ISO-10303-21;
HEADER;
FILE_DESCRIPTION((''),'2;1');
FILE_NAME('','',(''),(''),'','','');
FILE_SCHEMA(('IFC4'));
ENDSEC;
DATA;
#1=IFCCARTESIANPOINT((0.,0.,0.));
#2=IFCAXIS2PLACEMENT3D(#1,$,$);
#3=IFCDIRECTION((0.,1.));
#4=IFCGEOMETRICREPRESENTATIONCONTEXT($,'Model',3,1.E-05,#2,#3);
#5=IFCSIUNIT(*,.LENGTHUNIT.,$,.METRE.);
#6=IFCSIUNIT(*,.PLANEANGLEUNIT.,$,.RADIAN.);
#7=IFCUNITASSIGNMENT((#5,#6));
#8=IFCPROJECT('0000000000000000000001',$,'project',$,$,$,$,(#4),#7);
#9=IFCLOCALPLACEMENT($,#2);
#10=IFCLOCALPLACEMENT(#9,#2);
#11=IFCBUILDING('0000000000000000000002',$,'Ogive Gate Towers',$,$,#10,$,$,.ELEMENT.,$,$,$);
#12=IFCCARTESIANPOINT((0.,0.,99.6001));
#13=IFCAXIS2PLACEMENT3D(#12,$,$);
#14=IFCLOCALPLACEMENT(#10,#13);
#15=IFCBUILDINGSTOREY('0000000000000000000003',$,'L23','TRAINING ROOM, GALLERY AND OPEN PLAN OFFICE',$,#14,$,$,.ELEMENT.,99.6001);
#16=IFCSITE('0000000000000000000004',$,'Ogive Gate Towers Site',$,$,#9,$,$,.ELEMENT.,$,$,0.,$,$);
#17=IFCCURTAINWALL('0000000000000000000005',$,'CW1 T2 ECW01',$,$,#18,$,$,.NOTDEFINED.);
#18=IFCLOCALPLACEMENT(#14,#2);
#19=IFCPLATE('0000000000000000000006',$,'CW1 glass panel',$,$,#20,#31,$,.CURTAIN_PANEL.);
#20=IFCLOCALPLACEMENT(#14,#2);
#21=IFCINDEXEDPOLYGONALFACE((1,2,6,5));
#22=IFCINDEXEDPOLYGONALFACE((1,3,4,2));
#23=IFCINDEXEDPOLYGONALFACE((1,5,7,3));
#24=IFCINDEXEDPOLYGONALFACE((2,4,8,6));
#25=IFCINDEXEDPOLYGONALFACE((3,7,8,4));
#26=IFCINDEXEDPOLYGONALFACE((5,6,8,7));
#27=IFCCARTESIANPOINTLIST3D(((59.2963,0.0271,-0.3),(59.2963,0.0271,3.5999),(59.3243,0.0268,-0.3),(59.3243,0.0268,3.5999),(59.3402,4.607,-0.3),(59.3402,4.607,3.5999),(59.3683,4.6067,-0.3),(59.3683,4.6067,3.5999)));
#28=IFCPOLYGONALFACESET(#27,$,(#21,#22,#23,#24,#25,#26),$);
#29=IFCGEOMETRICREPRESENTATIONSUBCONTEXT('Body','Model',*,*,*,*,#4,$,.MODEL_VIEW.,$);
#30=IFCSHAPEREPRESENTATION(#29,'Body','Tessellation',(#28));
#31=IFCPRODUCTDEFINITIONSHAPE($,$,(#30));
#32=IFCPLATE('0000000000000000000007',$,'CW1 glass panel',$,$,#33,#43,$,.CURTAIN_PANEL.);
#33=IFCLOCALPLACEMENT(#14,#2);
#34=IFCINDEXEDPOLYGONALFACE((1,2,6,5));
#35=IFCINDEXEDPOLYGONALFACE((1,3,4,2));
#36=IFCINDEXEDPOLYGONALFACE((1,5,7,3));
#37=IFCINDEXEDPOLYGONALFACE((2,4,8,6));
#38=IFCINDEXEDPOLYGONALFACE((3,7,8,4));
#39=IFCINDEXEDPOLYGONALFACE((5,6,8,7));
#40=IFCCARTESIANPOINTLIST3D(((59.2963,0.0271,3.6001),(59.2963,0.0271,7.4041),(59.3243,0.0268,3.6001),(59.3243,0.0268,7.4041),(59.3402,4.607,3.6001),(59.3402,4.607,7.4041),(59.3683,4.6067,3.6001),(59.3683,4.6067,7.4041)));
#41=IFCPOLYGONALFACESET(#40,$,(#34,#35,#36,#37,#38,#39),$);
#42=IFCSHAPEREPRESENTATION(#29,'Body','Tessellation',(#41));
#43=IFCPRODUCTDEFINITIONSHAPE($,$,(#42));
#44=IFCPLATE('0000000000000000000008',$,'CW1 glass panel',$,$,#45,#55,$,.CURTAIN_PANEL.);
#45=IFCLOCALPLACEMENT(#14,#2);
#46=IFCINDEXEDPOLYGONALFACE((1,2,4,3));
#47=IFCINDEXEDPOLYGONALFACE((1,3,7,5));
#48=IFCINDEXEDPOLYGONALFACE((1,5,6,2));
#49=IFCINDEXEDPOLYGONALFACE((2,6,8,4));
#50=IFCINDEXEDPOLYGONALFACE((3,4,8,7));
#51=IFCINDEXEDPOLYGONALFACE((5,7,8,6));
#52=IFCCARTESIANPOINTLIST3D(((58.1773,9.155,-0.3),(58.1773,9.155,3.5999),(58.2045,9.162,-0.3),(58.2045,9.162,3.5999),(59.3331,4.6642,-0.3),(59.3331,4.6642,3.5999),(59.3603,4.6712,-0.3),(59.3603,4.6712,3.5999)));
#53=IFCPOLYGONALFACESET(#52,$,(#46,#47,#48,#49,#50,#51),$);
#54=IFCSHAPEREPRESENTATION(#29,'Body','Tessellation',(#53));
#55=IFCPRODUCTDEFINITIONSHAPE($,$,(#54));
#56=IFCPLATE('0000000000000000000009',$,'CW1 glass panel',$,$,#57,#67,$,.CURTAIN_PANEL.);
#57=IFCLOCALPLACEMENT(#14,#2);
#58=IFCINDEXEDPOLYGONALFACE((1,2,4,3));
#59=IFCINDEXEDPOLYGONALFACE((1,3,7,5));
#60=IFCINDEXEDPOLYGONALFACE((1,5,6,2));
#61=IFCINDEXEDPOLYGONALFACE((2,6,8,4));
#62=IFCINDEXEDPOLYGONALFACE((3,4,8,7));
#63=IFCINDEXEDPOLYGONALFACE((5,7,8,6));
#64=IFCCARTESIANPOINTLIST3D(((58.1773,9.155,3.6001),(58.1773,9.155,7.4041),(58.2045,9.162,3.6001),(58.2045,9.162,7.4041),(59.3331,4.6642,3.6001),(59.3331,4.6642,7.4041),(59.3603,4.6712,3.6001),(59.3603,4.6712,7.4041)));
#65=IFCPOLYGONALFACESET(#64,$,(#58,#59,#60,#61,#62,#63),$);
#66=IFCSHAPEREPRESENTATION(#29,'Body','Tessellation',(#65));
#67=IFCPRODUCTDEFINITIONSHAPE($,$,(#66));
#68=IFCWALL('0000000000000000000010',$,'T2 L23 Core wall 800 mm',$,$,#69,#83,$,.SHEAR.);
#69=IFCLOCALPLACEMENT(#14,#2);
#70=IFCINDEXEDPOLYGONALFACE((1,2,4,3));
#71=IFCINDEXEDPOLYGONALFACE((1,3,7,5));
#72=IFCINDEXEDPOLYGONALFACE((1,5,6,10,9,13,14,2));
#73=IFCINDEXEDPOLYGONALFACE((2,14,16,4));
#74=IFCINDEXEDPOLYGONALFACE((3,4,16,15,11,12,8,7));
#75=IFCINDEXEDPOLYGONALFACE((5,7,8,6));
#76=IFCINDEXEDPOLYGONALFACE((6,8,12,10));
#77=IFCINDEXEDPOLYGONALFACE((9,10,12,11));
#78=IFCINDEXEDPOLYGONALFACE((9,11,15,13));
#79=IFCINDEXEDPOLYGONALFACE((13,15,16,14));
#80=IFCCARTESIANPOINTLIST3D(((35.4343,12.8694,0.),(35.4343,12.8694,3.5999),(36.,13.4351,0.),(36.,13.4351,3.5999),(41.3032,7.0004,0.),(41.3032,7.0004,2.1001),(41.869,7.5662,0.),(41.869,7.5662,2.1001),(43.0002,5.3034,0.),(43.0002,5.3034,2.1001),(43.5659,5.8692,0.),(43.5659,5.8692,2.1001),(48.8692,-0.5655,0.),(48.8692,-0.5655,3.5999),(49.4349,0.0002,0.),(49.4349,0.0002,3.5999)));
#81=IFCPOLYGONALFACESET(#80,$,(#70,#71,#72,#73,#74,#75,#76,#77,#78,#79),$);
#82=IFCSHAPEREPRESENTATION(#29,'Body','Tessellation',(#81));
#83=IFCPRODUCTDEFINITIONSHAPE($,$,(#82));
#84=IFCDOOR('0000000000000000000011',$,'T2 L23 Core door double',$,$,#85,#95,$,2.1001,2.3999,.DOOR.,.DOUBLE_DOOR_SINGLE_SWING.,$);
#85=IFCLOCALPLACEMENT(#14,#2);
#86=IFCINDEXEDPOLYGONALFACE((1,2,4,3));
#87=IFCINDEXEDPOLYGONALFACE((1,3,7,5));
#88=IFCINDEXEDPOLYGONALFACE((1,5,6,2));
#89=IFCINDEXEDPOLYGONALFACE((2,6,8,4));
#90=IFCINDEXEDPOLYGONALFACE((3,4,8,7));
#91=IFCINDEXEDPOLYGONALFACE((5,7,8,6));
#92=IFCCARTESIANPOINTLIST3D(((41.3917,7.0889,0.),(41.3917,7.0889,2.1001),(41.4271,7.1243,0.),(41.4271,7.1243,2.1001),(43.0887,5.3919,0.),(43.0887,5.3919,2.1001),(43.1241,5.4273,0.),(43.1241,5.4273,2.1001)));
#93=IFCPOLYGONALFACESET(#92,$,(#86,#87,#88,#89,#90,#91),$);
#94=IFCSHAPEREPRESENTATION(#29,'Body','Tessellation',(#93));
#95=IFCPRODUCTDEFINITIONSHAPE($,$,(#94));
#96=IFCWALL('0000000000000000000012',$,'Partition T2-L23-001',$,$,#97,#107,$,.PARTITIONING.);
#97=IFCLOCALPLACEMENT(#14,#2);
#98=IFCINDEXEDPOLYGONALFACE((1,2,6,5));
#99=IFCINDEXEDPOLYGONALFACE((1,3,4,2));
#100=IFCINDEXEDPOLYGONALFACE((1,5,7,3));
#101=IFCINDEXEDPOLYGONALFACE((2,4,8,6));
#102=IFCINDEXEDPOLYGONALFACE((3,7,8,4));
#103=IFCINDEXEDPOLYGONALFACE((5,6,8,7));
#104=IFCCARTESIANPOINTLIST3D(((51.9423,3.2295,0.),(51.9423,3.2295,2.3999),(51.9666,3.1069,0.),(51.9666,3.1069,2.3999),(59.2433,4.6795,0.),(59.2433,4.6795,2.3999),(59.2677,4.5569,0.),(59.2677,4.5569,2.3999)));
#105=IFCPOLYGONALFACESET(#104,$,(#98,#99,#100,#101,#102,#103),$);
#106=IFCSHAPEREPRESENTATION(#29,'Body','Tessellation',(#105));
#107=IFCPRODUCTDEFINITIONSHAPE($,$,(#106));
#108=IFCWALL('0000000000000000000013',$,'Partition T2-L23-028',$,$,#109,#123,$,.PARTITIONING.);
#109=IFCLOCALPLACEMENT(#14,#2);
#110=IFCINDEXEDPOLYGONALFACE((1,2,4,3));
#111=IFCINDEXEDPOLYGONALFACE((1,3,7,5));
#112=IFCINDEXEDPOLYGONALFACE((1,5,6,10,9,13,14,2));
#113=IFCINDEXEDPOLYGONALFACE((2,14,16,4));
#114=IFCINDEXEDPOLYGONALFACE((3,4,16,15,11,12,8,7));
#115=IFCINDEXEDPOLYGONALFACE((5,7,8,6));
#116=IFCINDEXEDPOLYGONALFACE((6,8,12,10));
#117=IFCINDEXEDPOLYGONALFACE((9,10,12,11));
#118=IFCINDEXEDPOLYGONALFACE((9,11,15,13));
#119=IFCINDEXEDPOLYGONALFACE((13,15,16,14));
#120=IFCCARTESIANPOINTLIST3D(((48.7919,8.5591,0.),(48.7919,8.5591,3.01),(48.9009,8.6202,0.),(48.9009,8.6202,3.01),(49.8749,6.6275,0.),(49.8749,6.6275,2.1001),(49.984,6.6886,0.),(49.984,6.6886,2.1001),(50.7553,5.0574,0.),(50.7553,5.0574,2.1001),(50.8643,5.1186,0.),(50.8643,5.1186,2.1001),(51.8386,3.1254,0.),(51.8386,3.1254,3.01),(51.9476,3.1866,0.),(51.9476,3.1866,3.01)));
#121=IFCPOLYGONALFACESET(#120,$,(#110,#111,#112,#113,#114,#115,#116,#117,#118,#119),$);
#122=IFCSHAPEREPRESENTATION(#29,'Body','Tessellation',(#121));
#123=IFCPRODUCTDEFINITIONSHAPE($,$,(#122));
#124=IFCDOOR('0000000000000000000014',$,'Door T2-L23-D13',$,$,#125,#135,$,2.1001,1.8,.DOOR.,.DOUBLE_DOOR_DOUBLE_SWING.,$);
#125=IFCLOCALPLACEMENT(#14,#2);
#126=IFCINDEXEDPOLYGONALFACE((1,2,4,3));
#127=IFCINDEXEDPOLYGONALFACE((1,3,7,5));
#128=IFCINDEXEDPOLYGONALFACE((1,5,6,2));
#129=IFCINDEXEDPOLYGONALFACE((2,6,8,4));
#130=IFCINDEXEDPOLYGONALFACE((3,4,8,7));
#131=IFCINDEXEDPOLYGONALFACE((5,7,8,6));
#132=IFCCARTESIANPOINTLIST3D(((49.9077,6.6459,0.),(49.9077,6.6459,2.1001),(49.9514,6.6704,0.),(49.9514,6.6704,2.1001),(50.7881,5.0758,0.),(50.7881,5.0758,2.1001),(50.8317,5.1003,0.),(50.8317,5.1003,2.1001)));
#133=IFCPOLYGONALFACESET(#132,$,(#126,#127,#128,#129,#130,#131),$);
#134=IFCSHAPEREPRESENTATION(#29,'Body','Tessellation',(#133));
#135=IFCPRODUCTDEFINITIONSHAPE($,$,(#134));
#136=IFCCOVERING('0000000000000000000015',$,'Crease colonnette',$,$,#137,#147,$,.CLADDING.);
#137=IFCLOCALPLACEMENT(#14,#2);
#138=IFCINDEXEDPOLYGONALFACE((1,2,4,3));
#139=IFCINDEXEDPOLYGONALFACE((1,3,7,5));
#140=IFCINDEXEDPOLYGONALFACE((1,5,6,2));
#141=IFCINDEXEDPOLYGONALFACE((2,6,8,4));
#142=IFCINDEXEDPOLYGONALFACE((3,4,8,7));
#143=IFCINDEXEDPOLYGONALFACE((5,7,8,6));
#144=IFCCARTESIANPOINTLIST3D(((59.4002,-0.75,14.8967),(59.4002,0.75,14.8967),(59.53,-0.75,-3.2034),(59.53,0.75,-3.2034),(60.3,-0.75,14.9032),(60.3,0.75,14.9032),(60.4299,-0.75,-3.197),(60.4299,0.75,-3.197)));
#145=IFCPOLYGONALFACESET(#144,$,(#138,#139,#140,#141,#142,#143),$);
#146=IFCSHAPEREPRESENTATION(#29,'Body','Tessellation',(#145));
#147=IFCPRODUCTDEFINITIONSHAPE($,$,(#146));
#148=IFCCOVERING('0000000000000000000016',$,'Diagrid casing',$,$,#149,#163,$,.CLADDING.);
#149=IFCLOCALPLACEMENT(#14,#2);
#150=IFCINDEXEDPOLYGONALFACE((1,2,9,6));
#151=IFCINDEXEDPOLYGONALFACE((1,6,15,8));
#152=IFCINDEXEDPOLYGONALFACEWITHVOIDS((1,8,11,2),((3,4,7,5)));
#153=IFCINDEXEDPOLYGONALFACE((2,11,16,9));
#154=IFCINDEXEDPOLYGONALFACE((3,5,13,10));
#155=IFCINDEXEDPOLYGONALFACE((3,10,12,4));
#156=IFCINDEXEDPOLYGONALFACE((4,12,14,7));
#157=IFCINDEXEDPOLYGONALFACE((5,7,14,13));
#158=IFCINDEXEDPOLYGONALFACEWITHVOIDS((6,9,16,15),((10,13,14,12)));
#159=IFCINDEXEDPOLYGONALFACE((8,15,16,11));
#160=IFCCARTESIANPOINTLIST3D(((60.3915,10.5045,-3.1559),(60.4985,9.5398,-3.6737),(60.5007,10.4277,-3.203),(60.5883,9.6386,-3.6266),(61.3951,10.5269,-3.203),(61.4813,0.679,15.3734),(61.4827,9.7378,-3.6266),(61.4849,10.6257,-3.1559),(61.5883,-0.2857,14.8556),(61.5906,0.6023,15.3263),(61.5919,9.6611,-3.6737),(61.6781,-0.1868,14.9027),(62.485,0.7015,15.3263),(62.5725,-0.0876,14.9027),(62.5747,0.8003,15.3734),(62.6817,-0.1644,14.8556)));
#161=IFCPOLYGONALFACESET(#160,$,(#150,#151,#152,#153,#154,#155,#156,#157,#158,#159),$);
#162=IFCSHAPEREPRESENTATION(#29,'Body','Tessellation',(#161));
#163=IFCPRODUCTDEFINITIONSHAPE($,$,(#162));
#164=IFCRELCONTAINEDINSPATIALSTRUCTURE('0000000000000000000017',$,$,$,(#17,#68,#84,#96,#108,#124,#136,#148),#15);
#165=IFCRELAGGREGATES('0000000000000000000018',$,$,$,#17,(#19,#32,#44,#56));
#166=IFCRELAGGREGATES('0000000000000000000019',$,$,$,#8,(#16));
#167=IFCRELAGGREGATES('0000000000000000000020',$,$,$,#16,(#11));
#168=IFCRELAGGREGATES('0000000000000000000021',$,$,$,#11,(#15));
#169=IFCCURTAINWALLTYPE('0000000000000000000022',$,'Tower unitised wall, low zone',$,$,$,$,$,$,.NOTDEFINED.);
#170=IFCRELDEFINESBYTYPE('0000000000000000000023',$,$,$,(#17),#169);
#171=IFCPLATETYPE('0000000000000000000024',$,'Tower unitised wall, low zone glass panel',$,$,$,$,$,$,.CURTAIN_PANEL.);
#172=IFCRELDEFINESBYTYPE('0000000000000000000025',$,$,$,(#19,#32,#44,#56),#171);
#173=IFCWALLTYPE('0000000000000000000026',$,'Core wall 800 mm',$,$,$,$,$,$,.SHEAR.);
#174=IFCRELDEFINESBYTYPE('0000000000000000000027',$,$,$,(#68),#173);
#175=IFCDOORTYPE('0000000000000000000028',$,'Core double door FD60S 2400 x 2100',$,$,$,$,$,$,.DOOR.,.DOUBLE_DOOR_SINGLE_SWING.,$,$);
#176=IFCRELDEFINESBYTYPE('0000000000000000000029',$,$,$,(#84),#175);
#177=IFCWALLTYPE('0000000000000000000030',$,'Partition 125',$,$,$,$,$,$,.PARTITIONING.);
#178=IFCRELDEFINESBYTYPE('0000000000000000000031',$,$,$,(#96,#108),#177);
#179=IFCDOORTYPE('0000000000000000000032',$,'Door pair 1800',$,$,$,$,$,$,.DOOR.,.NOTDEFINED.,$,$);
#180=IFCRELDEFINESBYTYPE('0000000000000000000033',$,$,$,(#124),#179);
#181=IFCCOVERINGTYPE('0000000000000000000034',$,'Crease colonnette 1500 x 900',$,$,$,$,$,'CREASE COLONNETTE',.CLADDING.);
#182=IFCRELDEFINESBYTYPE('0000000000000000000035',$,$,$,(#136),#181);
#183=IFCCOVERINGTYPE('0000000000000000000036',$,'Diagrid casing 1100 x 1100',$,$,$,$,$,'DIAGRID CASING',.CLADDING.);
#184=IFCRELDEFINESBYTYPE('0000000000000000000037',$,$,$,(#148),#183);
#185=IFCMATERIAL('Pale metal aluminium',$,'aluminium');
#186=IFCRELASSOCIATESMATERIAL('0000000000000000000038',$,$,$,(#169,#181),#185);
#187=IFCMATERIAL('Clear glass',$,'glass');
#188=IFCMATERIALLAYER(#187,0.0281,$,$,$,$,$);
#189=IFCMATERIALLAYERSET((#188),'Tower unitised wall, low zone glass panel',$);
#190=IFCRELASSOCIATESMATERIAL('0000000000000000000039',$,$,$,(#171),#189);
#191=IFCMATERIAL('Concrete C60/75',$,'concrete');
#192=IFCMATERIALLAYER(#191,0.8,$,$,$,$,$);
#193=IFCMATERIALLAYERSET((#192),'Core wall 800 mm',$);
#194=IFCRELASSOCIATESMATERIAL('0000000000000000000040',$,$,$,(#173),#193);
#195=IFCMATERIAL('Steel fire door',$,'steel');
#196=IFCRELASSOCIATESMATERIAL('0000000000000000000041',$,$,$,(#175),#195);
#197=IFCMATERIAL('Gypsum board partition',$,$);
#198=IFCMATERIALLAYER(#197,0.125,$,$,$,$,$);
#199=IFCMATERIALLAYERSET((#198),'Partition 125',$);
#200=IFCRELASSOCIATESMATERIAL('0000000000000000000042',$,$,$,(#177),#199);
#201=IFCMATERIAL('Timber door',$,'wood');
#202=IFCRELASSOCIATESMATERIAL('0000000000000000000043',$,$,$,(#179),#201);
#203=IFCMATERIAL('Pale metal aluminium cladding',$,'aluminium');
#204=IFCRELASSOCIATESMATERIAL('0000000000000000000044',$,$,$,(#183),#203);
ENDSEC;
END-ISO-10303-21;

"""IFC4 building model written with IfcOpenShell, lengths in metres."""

from ifc_helpers import new_model, si_unit, direction, frame, frame_2d, origin, origin_2d, place, context, subcontext, project, spatial, rectangle, hollow_rectangle, extrude, material, layer, layer_set, material_profile, profile_set, type_object, element, fill, aggregate, save


model = new_model("IFC4")

# Units and contexts
model_context = context("Model", 3, precision=1e-05, world=origin(), true_north=direction((0.0, 1.0)))
body_context = subcontext(model_context, "Body", "Model", "MODEL_VIEW")
ifc_project = project(units=[si_unit("LENGTHUNIT", "METRE"), si_unit("PLANEANGLEUNIT", "RADIAN")], contexts=[model_context])

# Site, building, storey
site_placement = place(None, origin())
site = spatial("IfcSite", under=ifc_project, at=site_placement, Name="Ogive Gate Towers Site", CompositionType="ELEMENT", RefElevation=0.0)
building_placement = place(site_placement, origin())
building = spatial("IfcBuilding", under=site, at=building_placement, Name="Ogive Gate Towers", CompositionType="ELEMENT")
storey_placement = place(building_placement, frame((0.0, 0.0, 99.6001)))
storey = spatial("IfcBuildingStorey", under=building, at=storey_placement, Name="L23", Description="TRAINING ROOM, GALLERY AND OPEN PLAN OFFICE", CompositionType="ELEMENT", Elevation=99.6001)

# Curtain wall
ifc_material_1 = material(Name="Pale metal aluminium", Category="aluminium")
curtain_wall_type = type_object("IfcCurtainWallType", Name="Tower unitised wall, low zone", PredefinedType="NOTDEFINED", material=ifc_material_1)
curtain_wall_placement = place(storey_placement, origin())
curtain_wall = element("IfcCurtainWall", 1, at=curtain_wall_placement, inside=storey, type_object=curtain_wall_type, Name="CW1 T2 ECW01", PredefinedType="NOTDEFINED")

# Plates
ifc_material_2 = material(Name="Clear glass", Category="glass")
ifc_layer_1 = layer(ifc_material_2, 0.0281)
ifc_layer_set_1 = layer_set([ifc_layer_1], Name="Tower unitised wall, low zone glass panel")
plate_type = type_object("IfcPlateType", Name="Tower unitised wall, low zone glass panel", PredefinedType="CURTAIN_PANEL", material=ifc_layer_set_1)
plate_1_placement = place(storey_placement, frame((59.3323, 2.3169, -0.3), z_axis=(0.0, 0.0, 1.0), x_axis=(0.009599, 0.999954, 0.0)))
plate_1 = element("IfcPlate", 2, at=plate_1_placement, type_object=plate_type, Name="CW1 glass panel", PredefinedType="CURTAIN_PANEL", context=body_context, shape_type="SweptSolid", body=[
    extrude(rectangle(XDim=4.5801, YDim=0.0281, at=origin_2d()), origin(), (0.0, 0.0, 1.0), 3.8999),
])
plate_2_placement = place(storey_placement, frame((59.3323, 2.3169, 3.6001), z_axis=(0.0, 0.0, 1.0), x_axis=(0.009599, 0.999954, 0.0)))
plate_2 = element("IfcPlate", 3, at=plate_2_placement, type_object=plate_type, Name="CW1 glass panel", PredefinedType="CURTAIN_PANEL", context=body_context, shape_type="SweptSolid", body=[
    extrude(rectangle(XDim=4.5801, YDim=0.0281, at=origin_2d()), origin(), (0.0, 0.0, 1.0), 3.804),
])
plate_3_placement = place(storey_placement, frame((58.7688, 6.9131, -0.3), z_axis=(0.0, 0.0, 1.0), x_axis=(-0.249248, 0.96844, 0.0)))
plate_3 = element("IfcPlate", 4, at=plate_3_placement, type_object=plate_type, Name="CW1 glass panel", PredefinedType="CURTAIN_PANEL", context=body_context, shape_type="SweptSolid", body=[
    extrude(rectangle(XDim=4.6372, YDim=0.0281, at=origin_2d()), origin(), (0.0, 0.0, 1.0), 3.8999),
])
plate_4_placement = place(storey_placement, frame((58.7688, 6.9131, 3.6001), z_axis=(0.0, 0.0, 1.0), x_axis=(-0.249248, 0.96844, 0.0)))
plate_4 = element("IfcPlate", 5, at=plate_4_placement, type_object=plate_type, Name="CW1 glass panel", PredefinedType="CURTAIN_PANEL", context=body_context, shape_type="SweptSolid", body=[
    extrude(rectangle(XDim=4.6372, YDim=0.0281, at=origin_2d()), origin(), (0.0, 0.0, 1.0), 3.804),
])
aggregate(curtain_wall, [plate_1, plate_2, plate_3, plate_4])

# Wall, opening, door
ifc_material_3 = material(Name="Concrete C60/75", Category="concrete")
ifc_layer_2 = layer(ifc_material_3, 0.8)
ifc_layer_set_2 = layer_set([ifc_layer_2], Name="Core wall 800 mm")
wall_type_1 = type_object("IfcWallType", Name="Core wall 800 mm", PredefinedType="SHEAR", material=ifc_layer_set_2)
wall_1_placement = place(storey_placement, frame((49.1521, -0.2827, 0.0), z_axis=(0.0, 0.0, 1.0), x_axis=(-0.707107, 0.707107, 0.0)))
wall_1 = element("IfcWall", 6, at=wall_1_placement, inside=storey, type_object=wall_type_1, Name="T2 L23 Core wall 800 mm", PredefinedType="SHEAR", context=body_context, shape_type="SweptSolid", body=[
    extrude(rectangle(XDim=18.9998, YDim=0.8, at=frame_2d((9.5, 0.0))), origin(), (0.0, 0.0, 1.0), 3.5999),
])
opening_1_placement = place(wall_1_placement, frame((8.3, 0.0, 0.0)))
opening_1 = element("IfcOpeningElement", 7, at=opening_1_placement, cuts=wall_1, PredefinedType="OPENING", context=body_context, shape_type="SweptSolid", body=[
    extrude(rectangle(XDim=2.3999, YDim=2.1001, at=frame_2d((1.2, 1.05))), frame((0.0, 0.4102, 0.0), z_axis=(0.0, -1.0, 0.0), x_axis=(1.0, 0.0, 0.0)), (0.0, 0.0, 1.0), 0.8201),
])
ifc_material_4 = material(Name="Steel fire door", Category="steel")
door_type_1 = type_object("IfcDoorType", Name="Core double door FD60S 2400 x 2100", OperationType="DOUBLE_DOOR_SINGLE_SWING", PredefinedType="DOOR", material=ifc_material_4)
door_1_placement = place(opening_1_placement, origin())
door_1 = element("IfcDoor", 8, at=door_1_placement, inside=storey, type_object=door_type_1, Name="T2 L23 Core door double", OperationType="DOUBLE_DOOR_SINGLE_SWING", OverallHeight=2.1001, OverallWidth=2.3999, PredefinedType="DOOR", context=body_context, shape_type="SweptSolid", body=[
    extrude(rectangle(XDim=2.3999, YDim=2.1001, at=frame_2d((1.2, 1.05))), frame((0.0, 0.2749, 0.0), z_axis=(0.0, -1.0, 0.0), x_axis=(1.0, 0.0, 0.0)), (0.0, 0.0, 1.0), 0.05),
])
fill(opening_1, door_1)

# Wall
ifc_material_5 = material(Name="Gypsum board partition")
ifc_layer_3 = layer(ifc_material_5, 0.125)
ifc_layer_set_3 = layer_set([ifc_layer_3], Name="Partition 125")
wall_type_2 = type_object("IfcWallType", Name="Partition 125", PredefinedType="PARTITIONING", material=ifc_layer_set_3)
wall_2_placement = place(storey_placement, frame((59.2554, 4.6182, 0.0), z_axis=(0.0, 0.0, 1.0), x_axis=(-0.980845, -0.194791, 0.0)))
element("IfcWall", 9, at=wall_2_placement, inside=storey, type_object=wall_type_2, Name="Partition T2-L23-001", PredefinedType="PARTITIONING", context=body_context, shape_type="SweptSolid", body=[
    extrude(rectangle(XDim=7.4436, YDim=0.125, at=frame_2d((3.7217, 0.0))), origin(), (0.0, 0.0, 1.0), 2.3999),
])

# Wall, opening, door
wall_3_placement = place(storey_placement, frame((51.8931, 3.156, 0.0), z_axis=(0.0, 0.0, 1.0), x_axis=(-0.48907, 0.872245, 0.0)))
wall_3 = element("IfcWall", 10, at=wall_3_placement, inside=storey, type_object=wall_type_2, Name="Partition T2-L23-028", PredefinedType="PARTITIONING", context=body_context, shape_type="SweptSolid", body=[
    extrude(rectangle(XDim=6.2295, YDim=0.125, at=frame_2d((3.1147, 0.0))), origin(), (0.0, 0.0, 1.0), 3.01),
])
opening_2_placement = place(wall_3_placement, frame((2.2151, 0.0, 0.0)))
opening_2 = element("IfcOpeningElement", 11, at=opening_2_placement, cuts=wall_3, PredefinedType="OPENING", context=body_context, shape_type="SweptSolid", body=[
    extrude(rectangle(XDim=1.8, YDim=2.1001, at=frame_2d((0.8999, 1.05))), frame((0.0, 0.0725, 0.0), z_axis=(0.0, -1.0, 0.0), x_axis=(1.0, 0.0, 0.0)), (0.0, 0.0, 1.0), 0.145),
])
ifc_material_6 = material(Name="Timber door", Category="wood")
door_type_2 = type_object("IfcDoorType", Name="Door pair 1800", OperationType="NOTDEFINED", PredefinedType="DOOR", material=ifc_material_6)
door_2_placement = place(opening_2_placement, origin())
door_2 = element("IfcDoor", 12, at=door_2_placement, inside=storey, type_object=door_type_2, Name="Door T2-L23-D13", OperationType="DOUBLE_DOOR_DOUBLE_SWING", OverallHeight=2.1001, OverallWidth=1.8, PredefinedType="DOOR", context=body_context, shape_type="SweptSolid", body=[
    extrude(rectangle(XDim=1.8, YDim=2.1001, at=frame_2d((0.8999, 1.05))), frame((0.0, 0.0249, 0.0), z_axis=(0.0, -1.0, 0.0), x_axis=(1.0, 0.0, 0.0)), (0.0, 0.0, 1.0), 0.05),
])
fill(opening_2, door_2)

# Coverings
ifc_material_profile_1 = material_profile(ifc_material_1, rectangle(XDim=1.5, YDim=0.8999, at=origin_2d()), Name="1500 x 900 pale metal aluminium")
ifc_profile_set_1 = profile_set([ifc_material_profile_1], Name="Pale metal aluminium")
covering_type_1 = type_object("IfcCoveringType", Name="Crease colonnette 1500 x 900", ElementType="CREASE COLONNETTE", PredefinedType="CLADDING", material=ifc_profile_set_1)
covering_1_placement = place(storey_placement, frame((59.98, 0.0, -3.2002), z_axis=(-0.007176, 0.0, 0.999974), x_axis=(0.0, -1.0, 0.0)))
element("IfcCovering", 13, at=covering_1_placement, inside=storey, type_object=covering_type_1, Name="Crease colonnette", PredefinedType="CLADDING", context=body_context, shape_type="SweptSolid", body=[
    extrude(rectangle(XDim=1.5, YDim=0.8999, at=origin_2d()), origin(), (0.0, 0.0, 1.0), 18.1006),
])
ifc_material_7 = material(Name="Pale metal aluminium cladding", Category="aluminium")
ifc_material_profile_2 = material_profile(ifc_material_7, hollow_rectangle(XDim=1.1001, YDim=1.1001, WallThickness=0.1001, at=origin_2d()), Name="1100 x 1100 pale metal casing")
ifc_profile_set_2 = profile_set([ifc_material_profile_2], Name="Pale metal aluminium cladding")
covering_type_2 = type_object("IfcCoveringType", Name="Diagrid casing 1100 x 1100", ElementType="DIAGRID CASING", PredefinedType="CLADDING", material=ifc_profile_set_2)
covering_2_placement = place(storey_placement, frame((60.9917, 10.0828, -3.4148), z_axis=(0.051894, -0.467845, 0.882286), x_axis=(0.993904, 0.110244, 0.0)))
element("IfcCovering", 14, at=covering_2_placement, inside=storey, type_object=covering_type_2, Name="Diagrid casing", PredefinedType="CLADDING", context=body_context, shape_type="SweptSolid", body=[
    extrude(hollow_rectangle(XDim=1.1001, YDim=1.1001, WallThickness=0.1001, at=origin_2d()), origin(), (0.0, 0.0, 1.0), 21.0015),
])

save(model, "model.ifc")
